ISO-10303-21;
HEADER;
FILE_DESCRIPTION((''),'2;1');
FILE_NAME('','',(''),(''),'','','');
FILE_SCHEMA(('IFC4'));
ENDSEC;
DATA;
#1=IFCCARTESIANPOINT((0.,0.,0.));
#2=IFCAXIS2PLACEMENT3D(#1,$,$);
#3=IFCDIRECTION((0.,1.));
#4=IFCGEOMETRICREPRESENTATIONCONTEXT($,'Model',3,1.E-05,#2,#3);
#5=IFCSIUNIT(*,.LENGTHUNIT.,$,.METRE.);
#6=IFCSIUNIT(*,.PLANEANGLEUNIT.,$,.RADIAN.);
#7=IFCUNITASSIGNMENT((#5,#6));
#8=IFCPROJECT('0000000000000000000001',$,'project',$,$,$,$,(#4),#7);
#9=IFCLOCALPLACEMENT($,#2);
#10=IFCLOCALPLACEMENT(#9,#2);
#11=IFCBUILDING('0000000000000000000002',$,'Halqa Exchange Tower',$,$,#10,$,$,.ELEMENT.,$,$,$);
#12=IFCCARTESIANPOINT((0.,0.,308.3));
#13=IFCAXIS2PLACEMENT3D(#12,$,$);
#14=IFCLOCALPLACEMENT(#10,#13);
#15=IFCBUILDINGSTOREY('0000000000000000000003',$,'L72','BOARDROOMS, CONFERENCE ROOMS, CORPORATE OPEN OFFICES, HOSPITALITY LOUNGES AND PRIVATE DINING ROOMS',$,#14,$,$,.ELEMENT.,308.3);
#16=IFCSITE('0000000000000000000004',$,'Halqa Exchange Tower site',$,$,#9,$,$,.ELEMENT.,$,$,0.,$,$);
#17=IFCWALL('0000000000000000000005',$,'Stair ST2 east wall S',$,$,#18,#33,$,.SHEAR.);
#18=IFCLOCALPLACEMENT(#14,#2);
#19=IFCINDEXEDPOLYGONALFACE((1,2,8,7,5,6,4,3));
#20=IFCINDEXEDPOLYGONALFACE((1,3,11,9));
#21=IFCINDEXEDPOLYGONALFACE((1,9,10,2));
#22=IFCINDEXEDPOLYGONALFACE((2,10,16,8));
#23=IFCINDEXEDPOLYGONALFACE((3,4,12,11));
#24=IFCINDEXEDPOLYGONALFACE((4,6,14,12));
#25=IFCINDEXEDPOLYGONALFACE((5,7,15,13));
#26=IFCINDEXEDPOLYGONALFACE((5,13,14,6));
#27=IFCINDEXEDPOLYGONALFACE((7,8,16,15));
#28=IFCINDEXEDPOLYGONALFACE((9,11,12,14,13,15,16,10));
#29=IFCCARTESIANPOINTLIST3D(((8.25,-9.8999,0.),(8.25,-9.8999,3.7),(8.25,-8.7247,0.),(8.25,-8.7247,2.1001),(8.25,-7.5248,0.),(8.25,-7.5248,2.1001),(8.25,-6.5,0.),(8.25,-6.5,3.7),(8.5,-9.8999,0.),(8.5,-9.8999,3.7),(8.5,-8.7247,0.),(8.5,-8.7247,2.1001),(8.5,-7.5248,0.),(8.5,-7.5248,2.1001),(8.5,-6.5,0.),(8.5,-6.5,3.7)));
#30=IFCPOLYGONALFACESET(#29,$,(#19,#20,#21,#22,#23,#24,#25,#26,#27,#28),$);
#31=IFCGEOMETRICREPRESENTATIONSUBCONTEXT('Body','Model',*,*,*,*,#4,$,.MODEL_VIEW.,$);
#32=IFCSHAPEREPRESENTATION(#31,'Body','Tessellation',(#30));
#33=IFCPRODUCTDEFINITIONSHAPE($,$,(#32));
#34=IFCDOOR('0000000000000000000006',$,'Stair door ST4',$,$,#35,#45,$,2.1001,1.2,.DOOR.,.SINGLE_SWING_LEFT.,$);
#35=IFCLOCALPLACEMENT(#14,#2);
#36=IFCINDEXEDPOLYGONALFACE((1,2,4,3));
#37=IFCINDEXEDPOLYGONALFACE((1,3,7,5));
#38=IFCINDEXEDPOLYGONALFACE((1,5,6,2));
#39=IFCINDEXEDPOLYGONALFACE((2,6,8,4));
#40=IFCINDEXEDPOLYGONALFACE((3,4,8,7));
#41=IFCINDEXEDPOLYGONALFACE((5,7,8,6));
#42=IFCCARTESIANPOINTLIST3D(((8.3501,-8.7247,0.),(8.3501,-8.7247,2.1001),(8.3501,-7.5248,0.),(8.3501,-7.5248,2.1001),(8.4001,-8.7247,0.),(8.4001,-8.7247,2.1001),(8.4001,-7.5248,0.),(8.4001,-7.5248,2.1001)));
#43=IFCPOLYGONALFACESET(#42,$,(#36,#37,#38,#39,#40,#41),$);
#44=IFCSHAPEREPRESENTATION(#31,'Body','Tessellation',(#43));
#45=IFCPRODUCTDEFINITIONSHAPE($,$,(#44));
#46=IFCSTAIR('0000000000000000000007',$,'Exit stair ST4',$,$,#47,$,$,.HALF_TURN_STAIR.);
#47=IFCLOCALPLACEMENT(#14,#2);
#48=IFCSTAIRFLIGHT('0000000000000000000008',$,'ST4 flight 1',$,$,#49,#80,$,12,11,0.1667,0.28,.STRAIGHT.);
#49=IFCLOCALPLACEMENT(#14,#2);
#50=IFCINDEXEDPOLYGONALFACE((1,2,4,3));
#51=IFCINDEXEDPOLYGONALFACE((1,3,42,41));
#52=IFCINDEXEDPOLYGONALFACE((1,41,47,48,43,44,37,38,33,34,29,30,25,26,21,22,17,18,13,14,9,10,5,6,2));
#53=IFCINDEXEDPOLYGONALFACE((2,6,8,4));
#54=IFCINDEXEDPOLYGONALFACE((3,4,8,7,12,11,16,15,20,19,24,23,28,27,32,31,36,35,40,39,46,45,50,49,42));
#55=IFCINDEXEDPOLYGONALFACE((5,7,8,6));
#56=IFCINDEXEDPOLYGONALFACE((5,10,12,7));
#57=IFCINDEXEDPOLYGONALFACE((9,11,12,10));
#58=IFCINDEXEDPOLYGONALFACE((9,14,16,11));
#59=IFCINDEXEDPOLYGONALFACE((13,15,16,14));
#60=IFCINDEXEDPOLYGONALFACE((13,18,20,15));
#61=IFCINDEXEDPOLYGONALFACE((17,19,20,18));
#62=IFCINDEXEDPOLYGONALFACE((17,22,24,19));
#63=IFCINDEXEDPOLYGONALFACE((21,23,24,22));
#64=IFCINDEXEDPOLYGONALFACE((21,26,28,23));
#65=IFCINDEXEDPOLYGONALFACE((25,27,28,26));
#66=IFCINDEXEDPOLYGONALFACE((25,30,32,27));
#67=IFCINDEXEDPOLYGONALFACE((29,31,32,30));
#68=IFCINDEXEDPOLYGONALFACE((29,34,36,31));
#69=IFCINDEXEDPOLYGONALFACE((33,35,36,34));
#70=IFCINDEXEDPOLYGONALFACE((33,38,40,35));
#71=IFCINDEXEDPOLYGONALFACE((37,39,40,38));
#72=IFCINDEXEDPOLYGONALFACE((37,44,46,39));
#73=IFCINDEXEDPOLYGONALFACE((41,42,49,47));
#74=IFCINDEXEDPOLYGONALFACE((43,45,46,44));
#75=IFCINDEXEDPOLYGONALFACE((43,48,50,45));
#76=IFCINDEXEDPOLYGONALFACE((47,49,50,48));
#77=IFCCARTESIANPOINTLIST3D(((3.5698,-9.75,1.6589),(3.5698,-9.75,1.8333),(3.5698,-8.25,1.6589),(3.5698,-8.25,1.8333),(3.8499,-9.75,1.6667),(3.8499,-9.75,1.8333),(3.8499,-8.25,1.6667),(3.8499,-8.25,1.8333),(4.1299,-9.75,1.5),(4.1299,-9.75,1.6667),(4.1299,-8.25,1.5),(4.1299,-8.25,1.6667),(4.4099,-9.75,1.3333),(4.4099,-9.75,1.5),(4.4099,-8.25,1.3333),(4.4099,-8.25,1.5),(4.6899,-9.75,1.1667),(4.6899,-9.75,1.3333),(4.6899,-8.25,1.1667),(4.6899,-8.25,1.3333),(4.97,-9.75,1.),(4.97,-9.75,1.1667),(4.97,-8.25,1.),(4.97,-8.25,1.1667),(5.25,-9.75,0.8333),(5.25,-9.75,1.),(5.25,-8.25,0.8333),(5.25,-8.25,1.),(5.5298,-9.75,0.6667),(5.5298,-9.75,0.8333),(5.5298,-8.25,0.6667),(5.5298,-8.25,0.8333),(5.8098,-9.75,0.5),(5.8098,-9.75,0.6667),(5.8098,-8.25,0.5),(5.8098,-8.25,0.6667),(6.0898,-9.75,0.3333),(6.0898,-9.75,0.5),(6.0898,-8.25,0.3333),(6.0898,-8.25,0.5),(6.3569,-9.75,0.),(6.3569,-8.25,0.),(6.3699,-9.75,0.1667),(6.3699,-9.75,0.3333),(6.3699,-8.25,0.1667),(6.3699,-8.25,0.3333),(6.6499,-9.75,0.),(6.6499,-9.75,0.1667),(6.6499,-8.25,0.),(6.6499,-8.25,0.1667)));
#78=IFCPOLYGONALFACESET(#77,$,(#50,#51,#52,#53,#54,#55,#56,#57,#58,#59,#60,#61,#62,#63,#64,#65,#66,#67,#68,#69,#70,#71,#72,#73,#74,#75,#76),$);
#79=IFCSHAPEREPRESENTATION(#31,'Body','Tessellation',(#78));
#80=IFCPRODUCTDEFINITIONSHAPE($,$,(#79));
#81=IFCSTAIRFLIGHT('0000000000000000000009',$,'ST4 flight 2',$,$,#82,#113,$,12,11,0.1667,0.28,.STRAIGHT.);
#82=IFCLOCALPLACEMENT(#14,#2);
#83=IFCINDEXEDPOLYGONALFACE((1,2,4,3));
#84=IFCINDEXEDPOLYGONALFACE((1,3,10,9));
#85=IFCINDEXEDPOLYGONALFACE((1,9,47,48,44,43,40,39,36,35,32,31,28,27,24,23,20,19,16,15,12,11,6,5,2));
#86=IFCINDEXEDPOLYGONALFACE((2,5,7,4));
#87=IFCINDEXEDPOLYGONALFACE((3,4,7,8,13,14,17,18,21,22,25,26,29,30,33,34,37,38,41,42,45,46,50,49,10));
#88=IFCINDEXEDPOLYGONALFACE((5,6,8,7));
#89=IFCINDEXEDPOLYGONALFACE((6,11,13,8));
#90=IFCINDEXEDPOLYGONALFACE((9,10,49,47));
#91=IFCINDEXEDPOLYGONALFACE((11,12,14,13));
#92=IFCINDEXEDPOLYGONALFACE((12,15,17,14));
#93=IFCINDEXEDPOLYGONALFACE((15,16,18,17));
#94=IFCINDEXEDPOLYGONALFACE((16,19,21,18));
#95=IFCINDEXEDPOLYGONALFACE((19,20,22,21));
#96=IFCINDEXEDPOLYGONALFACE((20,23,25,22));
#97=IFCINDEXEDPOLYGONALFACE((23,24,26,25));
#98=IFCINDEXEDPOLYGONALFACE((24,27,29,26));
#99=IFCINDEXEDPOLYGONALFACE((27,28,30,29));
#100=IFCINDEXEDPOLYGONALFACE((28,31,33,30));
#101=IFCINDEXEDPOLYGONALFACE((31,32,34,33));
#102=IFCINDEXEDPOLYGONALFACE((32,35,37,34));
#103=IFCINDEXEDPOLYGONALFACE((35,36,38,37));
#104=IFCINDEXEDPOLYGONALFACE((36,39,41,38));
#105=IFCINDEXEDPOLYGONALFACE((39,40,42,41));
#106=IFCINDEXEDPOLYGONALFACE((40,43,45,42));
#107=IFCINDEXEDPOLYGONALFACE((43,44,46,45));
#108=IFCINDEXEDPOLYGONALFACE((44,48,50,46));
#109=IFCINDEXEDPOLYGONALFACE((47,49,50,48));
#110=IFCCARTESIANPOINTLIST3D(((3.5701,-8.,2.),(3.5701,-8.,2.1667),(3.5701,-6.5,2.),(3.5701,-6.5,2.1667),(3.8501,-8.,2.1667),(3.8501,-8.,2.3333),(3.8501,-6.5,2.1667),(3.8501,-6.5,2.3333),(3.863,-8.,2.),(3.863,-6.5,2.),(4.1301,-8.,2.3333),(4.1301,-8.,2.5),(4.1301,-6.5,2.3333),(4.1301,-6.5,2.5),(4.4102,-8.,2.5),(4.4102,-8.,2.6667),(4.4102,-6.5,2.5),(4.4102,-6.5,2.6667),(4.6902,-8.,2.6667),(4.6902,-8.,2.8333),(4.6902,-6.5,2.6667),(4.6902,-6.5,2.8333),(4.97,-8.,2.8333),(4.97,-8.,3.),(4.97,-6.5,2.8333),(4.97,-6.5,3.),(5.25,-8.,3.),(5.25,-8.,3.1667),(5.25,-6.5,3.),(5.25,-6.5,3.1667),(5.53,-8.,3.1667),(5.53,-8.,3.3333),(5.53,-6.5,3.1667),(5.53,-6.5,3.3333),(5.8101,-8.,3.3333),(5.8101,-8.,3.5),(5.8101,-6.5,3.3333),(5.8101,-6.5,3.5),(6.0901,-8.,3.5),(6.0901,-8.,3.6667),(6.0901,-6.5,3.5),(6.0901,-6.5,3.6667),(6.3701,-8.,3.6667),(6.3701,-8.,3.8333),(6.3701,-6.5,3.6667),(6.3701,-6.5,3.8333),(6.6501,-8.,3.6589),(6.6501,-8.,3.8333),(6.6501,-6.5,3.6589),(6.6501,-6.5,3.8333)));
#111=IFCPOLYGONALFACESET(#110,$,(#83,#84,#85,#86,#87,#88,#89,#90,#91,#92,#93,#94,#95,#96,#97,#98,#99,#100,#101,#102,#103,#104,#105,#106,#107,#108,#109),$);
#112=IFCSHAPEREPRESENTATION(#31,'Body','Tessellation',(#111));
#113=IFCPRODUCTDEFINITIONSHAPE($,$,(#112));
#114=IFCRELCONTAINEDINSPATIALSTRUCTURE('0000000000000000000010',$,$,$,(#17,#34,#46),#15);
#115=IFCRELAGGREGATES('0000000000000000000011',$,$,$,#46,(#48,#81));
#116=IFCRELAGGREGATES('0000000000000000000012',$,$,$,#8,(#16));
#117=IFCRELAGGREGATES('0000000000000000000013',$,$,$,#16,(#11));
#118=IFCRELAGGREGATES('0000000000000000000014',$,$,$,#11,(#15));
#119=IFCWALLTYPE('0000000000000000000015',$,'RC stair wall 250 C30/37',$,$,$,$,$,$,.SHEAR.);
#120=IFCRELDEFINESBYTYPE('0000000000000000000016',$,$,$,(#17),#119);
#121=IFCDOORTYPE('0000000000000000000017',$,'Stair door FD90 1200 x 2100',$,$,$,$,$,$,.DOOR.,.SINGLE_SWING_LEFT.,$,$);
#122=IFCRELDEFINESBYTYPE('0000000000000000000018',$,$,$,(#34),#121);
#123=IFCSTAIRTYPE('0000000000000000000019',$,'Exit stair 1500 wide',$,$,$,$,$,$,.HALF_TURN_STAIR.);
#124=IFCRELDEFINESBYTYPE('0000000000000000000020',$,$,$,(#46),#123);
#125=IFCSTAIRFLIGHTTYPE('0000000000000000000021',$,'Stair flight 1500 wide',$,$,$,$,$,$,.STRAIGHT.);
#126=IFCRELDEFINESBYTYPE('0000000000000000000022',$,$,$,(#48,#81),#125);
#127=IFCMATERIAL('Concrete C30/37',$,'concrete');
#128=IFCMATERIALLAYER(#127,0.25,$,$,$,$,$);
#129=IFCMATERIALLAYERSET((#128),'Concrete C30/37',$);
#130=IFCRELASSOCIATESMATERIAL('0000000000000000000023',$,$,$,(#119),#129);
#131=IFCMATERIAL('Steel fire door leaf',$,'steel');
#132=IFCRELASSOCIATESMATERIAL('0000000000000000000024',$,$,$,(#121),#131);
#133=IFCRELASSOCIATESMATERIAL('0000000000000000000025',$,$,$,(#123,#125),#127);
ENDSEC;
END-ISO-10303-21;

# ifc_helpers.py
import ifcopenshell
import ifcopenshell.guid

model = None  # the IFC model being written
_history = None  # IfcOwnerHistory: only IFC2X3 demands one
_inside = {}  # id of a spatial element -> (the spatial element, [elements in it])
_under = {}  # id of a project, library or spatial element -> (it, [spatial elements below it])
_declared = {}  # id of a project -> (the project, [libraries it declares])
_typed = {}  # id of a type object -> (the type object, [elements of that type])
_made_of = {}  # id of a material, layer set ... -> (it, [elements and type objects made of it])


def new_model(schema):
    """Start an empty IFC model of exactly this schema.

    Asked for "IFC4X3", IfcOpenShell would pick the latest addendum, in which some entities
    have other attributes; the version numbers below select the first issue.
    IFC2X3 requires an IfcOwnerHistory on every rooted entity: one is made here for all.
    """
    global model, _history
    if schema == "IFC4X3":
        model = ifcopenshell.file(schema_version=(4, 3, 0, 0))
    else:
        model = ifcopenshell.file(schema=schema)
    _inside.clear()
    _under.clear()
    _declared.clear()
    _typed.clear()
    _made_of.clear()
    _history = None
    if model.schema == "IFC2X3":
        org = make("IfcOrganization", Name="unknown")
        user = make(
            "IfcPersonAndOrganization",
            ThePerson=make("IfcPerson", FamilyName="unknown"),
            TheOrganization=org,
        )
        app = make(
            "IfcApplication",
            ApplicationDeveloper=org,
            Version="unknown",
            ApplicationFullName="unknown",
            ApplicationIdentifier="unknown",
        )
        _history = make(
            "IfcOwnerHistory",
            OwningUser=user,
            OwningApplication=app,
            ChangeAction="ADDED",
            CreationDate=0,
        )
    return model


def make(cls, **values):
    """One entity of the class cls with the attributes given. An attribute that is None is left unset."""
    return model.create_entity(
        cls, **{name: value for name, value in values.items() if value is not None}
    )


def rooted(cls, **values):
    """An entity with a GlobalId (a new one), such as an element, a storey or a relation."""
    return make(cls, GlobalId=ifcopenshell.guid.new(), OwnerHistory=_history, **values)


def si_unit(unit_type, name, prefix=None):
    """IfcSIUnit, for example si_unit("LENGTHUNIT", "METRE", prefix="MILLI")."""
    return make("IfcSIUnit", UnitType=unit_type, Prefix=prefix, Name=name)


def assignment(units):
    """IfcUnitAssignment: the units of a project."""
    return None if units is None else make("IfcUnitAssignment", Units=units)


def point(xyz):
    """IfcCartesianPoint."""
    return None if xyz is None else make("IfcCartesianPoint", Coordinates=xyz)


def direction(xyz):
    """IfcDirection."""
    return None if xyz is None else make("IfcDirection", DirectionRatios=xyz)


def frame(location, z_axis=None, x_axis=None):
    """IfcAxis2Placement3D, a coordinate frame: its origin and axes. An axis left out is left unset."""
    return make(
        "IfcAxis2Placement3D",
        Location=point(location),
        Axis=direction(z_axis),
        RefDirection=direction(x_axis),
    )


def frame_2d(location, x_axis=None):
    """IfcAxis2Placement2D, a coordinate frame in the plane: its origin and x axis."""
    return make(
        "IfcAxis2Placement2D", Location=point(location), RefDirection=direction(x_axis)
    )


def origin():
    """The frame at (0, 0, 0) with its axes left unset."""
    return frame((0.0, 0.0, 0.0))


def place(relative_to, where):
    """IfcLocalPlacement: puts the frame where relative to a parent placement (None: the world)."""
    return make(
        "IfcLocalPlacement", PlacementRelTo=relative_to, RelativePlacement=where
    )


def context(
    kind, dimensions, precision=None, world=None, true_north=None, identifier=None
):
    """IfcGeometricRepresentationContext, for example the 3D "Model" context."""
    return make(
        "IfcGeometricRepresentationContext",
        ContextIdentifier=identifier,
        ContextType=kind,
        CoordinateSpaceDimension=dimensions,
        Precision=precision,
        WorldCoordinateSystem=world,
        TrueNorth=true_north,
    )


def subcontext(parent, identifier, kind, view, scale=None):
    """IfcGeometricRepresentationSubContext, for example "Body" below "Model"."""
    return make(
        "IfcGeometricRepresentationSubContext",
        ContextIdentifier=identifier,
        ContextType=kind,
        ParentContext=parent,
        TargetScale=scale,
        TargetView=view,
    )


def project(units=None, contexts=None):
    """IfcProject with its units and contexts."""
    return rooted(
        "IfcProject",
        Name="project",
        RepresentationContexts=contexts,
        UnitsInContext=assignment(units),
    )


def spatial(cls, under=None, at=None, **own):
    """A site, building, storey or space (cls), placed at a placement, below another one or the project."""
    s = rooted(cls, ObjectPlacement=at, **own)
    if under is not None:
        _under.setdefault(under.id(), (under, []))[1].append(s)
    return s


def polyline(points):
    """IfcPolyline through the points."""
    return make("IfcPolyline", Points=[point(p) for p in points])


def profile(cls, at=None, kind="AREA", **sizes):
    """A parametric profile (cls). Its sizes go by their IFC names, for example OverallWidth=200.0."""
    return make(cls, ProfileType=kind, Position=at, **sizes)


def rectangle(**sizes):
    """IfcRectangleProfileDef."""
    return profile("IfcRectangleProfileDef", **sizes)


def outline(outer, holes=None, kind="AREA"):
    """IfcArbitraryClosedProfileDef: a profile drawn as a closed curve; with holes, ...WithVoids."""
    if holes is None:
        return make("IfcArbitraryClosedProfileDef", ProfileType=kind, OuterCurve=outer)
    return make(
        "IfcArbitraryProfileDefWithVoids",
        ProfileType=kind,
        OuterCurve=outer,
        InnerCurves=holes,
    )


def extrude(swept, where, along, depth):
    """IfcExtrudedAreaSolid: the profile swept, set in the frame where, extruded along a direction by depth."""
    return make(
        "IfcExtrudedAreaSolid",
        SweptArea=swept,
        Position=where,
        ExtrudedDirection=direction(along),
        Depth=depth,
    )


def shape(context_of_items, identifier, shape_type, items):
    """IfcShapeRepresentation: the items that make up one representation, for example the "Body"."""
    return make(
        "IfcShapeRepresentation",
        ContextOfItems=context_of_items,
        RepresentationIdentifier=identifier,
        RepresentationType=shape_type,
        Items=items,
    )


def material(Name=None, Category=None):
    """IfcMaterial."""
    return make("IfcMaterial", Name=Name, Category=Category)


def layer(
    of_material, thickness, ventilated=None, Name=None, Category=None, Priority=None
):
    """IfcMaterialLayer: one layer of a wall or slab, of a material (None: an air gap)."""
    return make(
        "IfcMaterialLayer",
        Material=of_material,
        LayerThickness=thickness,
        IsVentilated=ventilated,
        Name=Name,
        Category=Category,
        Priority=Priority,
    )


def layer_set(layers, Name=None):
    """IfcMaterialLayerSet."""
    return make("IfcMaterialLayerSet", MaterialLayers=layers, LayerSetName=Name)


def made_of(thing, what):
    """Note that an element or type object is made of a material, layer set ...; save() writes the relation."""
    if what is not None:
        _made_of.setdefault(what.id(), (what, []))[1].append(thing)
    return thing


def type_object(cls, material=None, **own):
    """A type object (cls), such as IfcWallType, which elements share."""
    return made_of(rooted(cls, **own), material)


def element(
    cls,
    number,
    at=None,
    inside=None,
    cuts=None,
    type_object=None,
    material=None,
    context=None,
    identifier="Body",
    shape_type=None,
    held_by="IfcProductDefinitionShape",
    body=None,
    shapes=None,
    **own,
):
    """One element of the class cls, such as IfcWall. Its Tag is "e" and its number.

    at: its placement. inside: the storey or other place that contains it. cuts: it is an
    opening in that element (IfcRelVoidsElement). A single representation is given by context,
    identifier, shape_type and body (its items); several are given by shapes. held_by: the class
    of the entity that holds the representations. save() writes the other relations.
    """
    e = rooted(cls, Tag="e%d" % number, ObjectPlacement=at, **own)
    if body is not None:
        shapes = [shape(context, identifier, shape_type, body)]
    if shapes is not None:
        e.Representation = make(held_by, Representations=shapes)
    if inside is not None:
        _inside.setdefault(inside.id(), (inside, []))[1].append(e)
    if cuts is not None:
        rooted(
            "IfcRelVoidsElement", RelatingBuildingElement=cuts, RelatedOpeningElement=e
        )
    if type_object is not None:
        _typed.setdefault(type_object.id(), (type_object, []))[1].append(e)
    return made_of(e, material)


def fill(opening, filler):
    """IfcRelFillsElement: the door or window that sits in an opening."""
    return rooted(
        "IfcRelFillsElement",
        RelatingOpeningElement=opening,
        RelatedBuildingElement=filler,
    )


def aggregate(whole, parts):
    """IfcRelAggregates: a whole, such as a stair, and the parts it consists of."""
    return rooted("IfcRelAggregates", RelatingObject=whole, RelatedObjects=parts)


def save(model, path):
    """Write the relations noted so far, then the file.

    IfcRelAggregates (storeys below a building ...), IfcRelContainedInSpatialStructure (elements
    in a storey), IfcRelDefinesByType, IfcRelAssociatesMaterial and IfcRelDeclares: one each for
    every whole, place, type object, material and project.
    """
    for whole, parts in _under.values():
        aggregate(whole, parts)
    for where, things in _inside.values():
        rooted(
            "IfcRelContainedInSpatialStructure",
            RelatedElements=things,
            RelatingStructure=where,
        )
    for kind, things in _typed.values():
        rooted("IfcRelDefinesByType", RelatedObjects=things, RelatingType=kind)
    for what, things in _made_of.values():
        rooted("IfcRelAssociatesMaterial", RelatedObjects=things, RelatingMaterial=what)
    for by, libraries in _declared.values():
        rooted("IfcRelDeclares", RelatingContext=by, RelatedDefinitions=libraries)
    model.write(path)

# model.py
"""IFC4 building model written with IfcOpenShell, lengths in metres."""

from ifc_helpers import new_model, si_unit, direction, frame, frame_2d, origin, place, context, subcontext, project, spatial, polyline, rectangle, outline, extrude, material, layer, layer_set, type_object, element, fill, aggregate, save


model = new_model("IFC4")

# Units and contexts
model_context = context("Model", 3, precision=1e-05, world=origin(), true_north=direction((0.0, 1.0)))
body_context = subcontext(model_context, "Body", "Model", "MODEL_VIEW")
ifc_project = project(units=[si_unit("LENGTHUNIT", "METRE"), si_unit("PLANEANGLEUNIT", "RADIAN")], contexts=[model_context])

# Site, building, storey
site_placement = place(None, origin())
site = spatial("IfcSite", under=ifc_project, at=site_placement, Name="Halqa Exchange Tower site", CompositionType="ELEMENT", RefElevation=0.0)
building_placement = place(site_placement, origin())
building = spatial("IfcBuilding", under=site, at=building_placement, Name="Halqa Exchange Tower", CompositionType="ELEMENT")
storey_placement = place(building_placement, frame((0.0, 0.0, 308.3)))
storey = spatial("IfcBuildingStorey", under=building, at=storey_placement, Name="L72", Description="BOARDROOMS, CONFERENCE ROOMS, CORPORATE OPEN OFFICES, HOSPITALITY LOUNGES AND PRIVATE DINING ROOMS", CompositionType="ELEMENT", Elevation=308.3)

# Shared definitions
ifc_material_1 = material(Name="Concrete C30/37", Category="concrete")

# Wall, opening, door
ifc_layer_1 = layer(ifc_material_1, 0.25)
ifc_layer_set_1 = layer_set([ifc_layer_1], Name="Concrete C30/37")
wall_type_1 = type_object("IfcWallType", Name="RC stair wall 250 C30/37", PredefinedType="SHEAR", material=ifc_layer_set_1)
wall_1_placement = place(storey_placement, frame((8.375, -9.8999, 0.0), z_axis=(0.0, 0.0, 1.0), x_axis=(0.0, 1.0, 0.0)))
wall_1 = element("IfcWall", 1, at=wall_1_placement, inside=storey, type_object=wall_type_1, Name="Stair ST2 east wall S", PredefinedType="SHEAR", context=body_context, shape_type="SweptSolid", body=[
    extrude(rectangle(XDim=3.3999, YDim=0.25, at=frame_2d((1.7, 0.0))), origin(), (0.0, 0.0, 1.0), 3.7),
])
opening_placement = place(wall_1_placement, frame((1.175, 0.0, 0.0)))
opening = element("IfcOpeningElement", 2, at=opening_placement, cuts=wall_1, PredefinedType="OPENING", context=body_context, shape_type="SweptSolid", body=[
    extrude(rectangle(XDim=1.2, YDim=2.1001, at=frame_2d((0.6001, 1.05))), frame((0.0, 0.137, 0.0), z_axis=(0.0, -1.0, 0.0), x_axis=(1.0, 0.0, 0.0)), (0.0, 0.0, 1.0), 0.2739),
])
ifc_material_2 = material(Name="Steel fire door leaf", Category="steel")
door_type = type_object("IfcDoorType", Name="Stair door FD90 1200 x 2100", OperationType="SINGLE_SWING_LEFT", PredefinedType="DOOR", material=ifc_material_2)
door_placement = place(opening_placement, origin())
door = element("IfcDoor", 3, at=door_placement, inside=storey, type_object=door_type, Name="Stair door ST4", OperationType="SINGLE_SWING_LEFT", OverallHeight=2.1001, OverallWidth=1.2, PredefinedType="DOOR", context=body_context, shape_type="SweptSolid", body=[
    extrude(rectangle(XDim=1.2, YDim=2.1001, at=frame_2d((0.6001, 1.05))), frame((0.0, 0.0249, 0.0), z_axis=(0.0, -1.0, 0.0), x_axis=(1.0, 0.0, 0.0)), (0.0, 0.0, 1.0), 0.05),
])
fill(opening, door)

# Stair, stair flights
stair_type = type_object("IfcStairType", Name="Exit stair 1500 wide", PredefinedType="HALF_TURN_STAIR", material=ifc_material_1)
stair_placement = place(storey_placement, origin())
stair = element("IfcStair", 4, at=stair_placement, inside=storey, type_object=stair_type, Name="Exit stair ST4", PredefinedType="HALF_TURN_STAIR")
stair_flight_type = type_object("IfcStairFlightType", Name="Stair flight 1500 wide", PredefinedType="STRAIGHT", material=ifc_material_1)
stair_flight_1_placement = place(storey_placement, frame((6.6499, -9.0, 0.0), z_axis=(0.0, 0.0, 1.0), x_axis=(-1.0, 0.0, 0.0)))
stair_flight_1 = element("IfcStairFlight", 5, at=stair_flight_1_placement, type_object=stair_flight_type, Name="ST4 flight 1", NumberOfRisers=12, NumberOfTreads=11, PredefinedType="STRAIGHT", RiserHeight=0.1667, TreadLength=0.28, context=body_context, shape_type="SweptSolid", body=[
    extrude(outline(polyline([(0.0, 0.0), (0.0, 0.1667), (0.28, 0.1667), (0.28, 0.3333), (0.5601, 0.3333), (0.5601, 0.5), (0.8401, 0.5), (0.8401, 0.6667), (1.1201, 0.6667), (1.1201, 0.8333), (1.3999, 0.8333), (1.3999, 1.0), (1.6799, 1.0), (1.6799, 1.1667), (1.96, 1.1667), (1.96, 1.3333), (2.24, 1.3333), (2.24, 1.5), (2.52, 1.5), (2.52, 1.6667), (2.8, 1.6667), (2.8, 1.8333), (3.0801, 1.8333), (3.0801, 2.0), (3.0801, 1.6589), (0.293, 0.0), (0.0, 0.0)])), frame((0.0, 0.75, 0.0), z_axis=(0.0, -1.0, 0.0), x_axis=(1.0, 0.0, 0.0)), (0.0, 0.0, 1.0), 1.5),
])
stair_flight_2_placement = place(storey_placement, frame((3.5701, -7.25, 2.0), z_axis=(0.0, 0.0, 1.0), x_axis=(1.0, 0.0, 0.0)))
stair_flight_2 = element("IfcStairFlight", 6, at=stair_flight_2_placement, type_object=stair_flight_type, Name="ST4 flight 2", NumberOfRisers=12, NumberOfTreads=11, PredefinedType="STRAIGHT", RiserHeight=0.1667, TreadLength=0.28, context=body_context, shape_type="SweptSolid", body=[
    extrude(outline(polyline([(0.0, 0.0), (0.0, 0.1667), (0.28, 0.1667), (0.28, 0.3333), (0.5601, 0.3333), (0.5601, 0.5), (0.8401, 0.5), (0.8401, 0.6667), (1.1201, 0.6667), (1.1201, 0.8333), (1.3999, 0.8333), (1.3999, 1.0), (1.6799, 1.0), (1.6799, 1.1667), (1.96, 1.1667), (1.96, 1.3333), (2.24, 1.3333), (2.24, 1.5), (2.52, 1.5), (2.52, 1.6667), (2.8, 1.6667), (2.8, 1.8333), (3.0801, 1.8333), (3.0801, 2.0), (3.0801, 1.6589), (0.293, 0.0), (0.0, 0.0)])), frame((0.0, 0.75, 0.0), z_axis=(0.0, -1.0, 0.0), x_axis=(1.0, 0.0, 0.0)), (0.0, 0.0, 1.0), 1.5),
])
aggregate(stair, [stair_flight_1, stair_flight_2])

save(model, "model.ifc")
